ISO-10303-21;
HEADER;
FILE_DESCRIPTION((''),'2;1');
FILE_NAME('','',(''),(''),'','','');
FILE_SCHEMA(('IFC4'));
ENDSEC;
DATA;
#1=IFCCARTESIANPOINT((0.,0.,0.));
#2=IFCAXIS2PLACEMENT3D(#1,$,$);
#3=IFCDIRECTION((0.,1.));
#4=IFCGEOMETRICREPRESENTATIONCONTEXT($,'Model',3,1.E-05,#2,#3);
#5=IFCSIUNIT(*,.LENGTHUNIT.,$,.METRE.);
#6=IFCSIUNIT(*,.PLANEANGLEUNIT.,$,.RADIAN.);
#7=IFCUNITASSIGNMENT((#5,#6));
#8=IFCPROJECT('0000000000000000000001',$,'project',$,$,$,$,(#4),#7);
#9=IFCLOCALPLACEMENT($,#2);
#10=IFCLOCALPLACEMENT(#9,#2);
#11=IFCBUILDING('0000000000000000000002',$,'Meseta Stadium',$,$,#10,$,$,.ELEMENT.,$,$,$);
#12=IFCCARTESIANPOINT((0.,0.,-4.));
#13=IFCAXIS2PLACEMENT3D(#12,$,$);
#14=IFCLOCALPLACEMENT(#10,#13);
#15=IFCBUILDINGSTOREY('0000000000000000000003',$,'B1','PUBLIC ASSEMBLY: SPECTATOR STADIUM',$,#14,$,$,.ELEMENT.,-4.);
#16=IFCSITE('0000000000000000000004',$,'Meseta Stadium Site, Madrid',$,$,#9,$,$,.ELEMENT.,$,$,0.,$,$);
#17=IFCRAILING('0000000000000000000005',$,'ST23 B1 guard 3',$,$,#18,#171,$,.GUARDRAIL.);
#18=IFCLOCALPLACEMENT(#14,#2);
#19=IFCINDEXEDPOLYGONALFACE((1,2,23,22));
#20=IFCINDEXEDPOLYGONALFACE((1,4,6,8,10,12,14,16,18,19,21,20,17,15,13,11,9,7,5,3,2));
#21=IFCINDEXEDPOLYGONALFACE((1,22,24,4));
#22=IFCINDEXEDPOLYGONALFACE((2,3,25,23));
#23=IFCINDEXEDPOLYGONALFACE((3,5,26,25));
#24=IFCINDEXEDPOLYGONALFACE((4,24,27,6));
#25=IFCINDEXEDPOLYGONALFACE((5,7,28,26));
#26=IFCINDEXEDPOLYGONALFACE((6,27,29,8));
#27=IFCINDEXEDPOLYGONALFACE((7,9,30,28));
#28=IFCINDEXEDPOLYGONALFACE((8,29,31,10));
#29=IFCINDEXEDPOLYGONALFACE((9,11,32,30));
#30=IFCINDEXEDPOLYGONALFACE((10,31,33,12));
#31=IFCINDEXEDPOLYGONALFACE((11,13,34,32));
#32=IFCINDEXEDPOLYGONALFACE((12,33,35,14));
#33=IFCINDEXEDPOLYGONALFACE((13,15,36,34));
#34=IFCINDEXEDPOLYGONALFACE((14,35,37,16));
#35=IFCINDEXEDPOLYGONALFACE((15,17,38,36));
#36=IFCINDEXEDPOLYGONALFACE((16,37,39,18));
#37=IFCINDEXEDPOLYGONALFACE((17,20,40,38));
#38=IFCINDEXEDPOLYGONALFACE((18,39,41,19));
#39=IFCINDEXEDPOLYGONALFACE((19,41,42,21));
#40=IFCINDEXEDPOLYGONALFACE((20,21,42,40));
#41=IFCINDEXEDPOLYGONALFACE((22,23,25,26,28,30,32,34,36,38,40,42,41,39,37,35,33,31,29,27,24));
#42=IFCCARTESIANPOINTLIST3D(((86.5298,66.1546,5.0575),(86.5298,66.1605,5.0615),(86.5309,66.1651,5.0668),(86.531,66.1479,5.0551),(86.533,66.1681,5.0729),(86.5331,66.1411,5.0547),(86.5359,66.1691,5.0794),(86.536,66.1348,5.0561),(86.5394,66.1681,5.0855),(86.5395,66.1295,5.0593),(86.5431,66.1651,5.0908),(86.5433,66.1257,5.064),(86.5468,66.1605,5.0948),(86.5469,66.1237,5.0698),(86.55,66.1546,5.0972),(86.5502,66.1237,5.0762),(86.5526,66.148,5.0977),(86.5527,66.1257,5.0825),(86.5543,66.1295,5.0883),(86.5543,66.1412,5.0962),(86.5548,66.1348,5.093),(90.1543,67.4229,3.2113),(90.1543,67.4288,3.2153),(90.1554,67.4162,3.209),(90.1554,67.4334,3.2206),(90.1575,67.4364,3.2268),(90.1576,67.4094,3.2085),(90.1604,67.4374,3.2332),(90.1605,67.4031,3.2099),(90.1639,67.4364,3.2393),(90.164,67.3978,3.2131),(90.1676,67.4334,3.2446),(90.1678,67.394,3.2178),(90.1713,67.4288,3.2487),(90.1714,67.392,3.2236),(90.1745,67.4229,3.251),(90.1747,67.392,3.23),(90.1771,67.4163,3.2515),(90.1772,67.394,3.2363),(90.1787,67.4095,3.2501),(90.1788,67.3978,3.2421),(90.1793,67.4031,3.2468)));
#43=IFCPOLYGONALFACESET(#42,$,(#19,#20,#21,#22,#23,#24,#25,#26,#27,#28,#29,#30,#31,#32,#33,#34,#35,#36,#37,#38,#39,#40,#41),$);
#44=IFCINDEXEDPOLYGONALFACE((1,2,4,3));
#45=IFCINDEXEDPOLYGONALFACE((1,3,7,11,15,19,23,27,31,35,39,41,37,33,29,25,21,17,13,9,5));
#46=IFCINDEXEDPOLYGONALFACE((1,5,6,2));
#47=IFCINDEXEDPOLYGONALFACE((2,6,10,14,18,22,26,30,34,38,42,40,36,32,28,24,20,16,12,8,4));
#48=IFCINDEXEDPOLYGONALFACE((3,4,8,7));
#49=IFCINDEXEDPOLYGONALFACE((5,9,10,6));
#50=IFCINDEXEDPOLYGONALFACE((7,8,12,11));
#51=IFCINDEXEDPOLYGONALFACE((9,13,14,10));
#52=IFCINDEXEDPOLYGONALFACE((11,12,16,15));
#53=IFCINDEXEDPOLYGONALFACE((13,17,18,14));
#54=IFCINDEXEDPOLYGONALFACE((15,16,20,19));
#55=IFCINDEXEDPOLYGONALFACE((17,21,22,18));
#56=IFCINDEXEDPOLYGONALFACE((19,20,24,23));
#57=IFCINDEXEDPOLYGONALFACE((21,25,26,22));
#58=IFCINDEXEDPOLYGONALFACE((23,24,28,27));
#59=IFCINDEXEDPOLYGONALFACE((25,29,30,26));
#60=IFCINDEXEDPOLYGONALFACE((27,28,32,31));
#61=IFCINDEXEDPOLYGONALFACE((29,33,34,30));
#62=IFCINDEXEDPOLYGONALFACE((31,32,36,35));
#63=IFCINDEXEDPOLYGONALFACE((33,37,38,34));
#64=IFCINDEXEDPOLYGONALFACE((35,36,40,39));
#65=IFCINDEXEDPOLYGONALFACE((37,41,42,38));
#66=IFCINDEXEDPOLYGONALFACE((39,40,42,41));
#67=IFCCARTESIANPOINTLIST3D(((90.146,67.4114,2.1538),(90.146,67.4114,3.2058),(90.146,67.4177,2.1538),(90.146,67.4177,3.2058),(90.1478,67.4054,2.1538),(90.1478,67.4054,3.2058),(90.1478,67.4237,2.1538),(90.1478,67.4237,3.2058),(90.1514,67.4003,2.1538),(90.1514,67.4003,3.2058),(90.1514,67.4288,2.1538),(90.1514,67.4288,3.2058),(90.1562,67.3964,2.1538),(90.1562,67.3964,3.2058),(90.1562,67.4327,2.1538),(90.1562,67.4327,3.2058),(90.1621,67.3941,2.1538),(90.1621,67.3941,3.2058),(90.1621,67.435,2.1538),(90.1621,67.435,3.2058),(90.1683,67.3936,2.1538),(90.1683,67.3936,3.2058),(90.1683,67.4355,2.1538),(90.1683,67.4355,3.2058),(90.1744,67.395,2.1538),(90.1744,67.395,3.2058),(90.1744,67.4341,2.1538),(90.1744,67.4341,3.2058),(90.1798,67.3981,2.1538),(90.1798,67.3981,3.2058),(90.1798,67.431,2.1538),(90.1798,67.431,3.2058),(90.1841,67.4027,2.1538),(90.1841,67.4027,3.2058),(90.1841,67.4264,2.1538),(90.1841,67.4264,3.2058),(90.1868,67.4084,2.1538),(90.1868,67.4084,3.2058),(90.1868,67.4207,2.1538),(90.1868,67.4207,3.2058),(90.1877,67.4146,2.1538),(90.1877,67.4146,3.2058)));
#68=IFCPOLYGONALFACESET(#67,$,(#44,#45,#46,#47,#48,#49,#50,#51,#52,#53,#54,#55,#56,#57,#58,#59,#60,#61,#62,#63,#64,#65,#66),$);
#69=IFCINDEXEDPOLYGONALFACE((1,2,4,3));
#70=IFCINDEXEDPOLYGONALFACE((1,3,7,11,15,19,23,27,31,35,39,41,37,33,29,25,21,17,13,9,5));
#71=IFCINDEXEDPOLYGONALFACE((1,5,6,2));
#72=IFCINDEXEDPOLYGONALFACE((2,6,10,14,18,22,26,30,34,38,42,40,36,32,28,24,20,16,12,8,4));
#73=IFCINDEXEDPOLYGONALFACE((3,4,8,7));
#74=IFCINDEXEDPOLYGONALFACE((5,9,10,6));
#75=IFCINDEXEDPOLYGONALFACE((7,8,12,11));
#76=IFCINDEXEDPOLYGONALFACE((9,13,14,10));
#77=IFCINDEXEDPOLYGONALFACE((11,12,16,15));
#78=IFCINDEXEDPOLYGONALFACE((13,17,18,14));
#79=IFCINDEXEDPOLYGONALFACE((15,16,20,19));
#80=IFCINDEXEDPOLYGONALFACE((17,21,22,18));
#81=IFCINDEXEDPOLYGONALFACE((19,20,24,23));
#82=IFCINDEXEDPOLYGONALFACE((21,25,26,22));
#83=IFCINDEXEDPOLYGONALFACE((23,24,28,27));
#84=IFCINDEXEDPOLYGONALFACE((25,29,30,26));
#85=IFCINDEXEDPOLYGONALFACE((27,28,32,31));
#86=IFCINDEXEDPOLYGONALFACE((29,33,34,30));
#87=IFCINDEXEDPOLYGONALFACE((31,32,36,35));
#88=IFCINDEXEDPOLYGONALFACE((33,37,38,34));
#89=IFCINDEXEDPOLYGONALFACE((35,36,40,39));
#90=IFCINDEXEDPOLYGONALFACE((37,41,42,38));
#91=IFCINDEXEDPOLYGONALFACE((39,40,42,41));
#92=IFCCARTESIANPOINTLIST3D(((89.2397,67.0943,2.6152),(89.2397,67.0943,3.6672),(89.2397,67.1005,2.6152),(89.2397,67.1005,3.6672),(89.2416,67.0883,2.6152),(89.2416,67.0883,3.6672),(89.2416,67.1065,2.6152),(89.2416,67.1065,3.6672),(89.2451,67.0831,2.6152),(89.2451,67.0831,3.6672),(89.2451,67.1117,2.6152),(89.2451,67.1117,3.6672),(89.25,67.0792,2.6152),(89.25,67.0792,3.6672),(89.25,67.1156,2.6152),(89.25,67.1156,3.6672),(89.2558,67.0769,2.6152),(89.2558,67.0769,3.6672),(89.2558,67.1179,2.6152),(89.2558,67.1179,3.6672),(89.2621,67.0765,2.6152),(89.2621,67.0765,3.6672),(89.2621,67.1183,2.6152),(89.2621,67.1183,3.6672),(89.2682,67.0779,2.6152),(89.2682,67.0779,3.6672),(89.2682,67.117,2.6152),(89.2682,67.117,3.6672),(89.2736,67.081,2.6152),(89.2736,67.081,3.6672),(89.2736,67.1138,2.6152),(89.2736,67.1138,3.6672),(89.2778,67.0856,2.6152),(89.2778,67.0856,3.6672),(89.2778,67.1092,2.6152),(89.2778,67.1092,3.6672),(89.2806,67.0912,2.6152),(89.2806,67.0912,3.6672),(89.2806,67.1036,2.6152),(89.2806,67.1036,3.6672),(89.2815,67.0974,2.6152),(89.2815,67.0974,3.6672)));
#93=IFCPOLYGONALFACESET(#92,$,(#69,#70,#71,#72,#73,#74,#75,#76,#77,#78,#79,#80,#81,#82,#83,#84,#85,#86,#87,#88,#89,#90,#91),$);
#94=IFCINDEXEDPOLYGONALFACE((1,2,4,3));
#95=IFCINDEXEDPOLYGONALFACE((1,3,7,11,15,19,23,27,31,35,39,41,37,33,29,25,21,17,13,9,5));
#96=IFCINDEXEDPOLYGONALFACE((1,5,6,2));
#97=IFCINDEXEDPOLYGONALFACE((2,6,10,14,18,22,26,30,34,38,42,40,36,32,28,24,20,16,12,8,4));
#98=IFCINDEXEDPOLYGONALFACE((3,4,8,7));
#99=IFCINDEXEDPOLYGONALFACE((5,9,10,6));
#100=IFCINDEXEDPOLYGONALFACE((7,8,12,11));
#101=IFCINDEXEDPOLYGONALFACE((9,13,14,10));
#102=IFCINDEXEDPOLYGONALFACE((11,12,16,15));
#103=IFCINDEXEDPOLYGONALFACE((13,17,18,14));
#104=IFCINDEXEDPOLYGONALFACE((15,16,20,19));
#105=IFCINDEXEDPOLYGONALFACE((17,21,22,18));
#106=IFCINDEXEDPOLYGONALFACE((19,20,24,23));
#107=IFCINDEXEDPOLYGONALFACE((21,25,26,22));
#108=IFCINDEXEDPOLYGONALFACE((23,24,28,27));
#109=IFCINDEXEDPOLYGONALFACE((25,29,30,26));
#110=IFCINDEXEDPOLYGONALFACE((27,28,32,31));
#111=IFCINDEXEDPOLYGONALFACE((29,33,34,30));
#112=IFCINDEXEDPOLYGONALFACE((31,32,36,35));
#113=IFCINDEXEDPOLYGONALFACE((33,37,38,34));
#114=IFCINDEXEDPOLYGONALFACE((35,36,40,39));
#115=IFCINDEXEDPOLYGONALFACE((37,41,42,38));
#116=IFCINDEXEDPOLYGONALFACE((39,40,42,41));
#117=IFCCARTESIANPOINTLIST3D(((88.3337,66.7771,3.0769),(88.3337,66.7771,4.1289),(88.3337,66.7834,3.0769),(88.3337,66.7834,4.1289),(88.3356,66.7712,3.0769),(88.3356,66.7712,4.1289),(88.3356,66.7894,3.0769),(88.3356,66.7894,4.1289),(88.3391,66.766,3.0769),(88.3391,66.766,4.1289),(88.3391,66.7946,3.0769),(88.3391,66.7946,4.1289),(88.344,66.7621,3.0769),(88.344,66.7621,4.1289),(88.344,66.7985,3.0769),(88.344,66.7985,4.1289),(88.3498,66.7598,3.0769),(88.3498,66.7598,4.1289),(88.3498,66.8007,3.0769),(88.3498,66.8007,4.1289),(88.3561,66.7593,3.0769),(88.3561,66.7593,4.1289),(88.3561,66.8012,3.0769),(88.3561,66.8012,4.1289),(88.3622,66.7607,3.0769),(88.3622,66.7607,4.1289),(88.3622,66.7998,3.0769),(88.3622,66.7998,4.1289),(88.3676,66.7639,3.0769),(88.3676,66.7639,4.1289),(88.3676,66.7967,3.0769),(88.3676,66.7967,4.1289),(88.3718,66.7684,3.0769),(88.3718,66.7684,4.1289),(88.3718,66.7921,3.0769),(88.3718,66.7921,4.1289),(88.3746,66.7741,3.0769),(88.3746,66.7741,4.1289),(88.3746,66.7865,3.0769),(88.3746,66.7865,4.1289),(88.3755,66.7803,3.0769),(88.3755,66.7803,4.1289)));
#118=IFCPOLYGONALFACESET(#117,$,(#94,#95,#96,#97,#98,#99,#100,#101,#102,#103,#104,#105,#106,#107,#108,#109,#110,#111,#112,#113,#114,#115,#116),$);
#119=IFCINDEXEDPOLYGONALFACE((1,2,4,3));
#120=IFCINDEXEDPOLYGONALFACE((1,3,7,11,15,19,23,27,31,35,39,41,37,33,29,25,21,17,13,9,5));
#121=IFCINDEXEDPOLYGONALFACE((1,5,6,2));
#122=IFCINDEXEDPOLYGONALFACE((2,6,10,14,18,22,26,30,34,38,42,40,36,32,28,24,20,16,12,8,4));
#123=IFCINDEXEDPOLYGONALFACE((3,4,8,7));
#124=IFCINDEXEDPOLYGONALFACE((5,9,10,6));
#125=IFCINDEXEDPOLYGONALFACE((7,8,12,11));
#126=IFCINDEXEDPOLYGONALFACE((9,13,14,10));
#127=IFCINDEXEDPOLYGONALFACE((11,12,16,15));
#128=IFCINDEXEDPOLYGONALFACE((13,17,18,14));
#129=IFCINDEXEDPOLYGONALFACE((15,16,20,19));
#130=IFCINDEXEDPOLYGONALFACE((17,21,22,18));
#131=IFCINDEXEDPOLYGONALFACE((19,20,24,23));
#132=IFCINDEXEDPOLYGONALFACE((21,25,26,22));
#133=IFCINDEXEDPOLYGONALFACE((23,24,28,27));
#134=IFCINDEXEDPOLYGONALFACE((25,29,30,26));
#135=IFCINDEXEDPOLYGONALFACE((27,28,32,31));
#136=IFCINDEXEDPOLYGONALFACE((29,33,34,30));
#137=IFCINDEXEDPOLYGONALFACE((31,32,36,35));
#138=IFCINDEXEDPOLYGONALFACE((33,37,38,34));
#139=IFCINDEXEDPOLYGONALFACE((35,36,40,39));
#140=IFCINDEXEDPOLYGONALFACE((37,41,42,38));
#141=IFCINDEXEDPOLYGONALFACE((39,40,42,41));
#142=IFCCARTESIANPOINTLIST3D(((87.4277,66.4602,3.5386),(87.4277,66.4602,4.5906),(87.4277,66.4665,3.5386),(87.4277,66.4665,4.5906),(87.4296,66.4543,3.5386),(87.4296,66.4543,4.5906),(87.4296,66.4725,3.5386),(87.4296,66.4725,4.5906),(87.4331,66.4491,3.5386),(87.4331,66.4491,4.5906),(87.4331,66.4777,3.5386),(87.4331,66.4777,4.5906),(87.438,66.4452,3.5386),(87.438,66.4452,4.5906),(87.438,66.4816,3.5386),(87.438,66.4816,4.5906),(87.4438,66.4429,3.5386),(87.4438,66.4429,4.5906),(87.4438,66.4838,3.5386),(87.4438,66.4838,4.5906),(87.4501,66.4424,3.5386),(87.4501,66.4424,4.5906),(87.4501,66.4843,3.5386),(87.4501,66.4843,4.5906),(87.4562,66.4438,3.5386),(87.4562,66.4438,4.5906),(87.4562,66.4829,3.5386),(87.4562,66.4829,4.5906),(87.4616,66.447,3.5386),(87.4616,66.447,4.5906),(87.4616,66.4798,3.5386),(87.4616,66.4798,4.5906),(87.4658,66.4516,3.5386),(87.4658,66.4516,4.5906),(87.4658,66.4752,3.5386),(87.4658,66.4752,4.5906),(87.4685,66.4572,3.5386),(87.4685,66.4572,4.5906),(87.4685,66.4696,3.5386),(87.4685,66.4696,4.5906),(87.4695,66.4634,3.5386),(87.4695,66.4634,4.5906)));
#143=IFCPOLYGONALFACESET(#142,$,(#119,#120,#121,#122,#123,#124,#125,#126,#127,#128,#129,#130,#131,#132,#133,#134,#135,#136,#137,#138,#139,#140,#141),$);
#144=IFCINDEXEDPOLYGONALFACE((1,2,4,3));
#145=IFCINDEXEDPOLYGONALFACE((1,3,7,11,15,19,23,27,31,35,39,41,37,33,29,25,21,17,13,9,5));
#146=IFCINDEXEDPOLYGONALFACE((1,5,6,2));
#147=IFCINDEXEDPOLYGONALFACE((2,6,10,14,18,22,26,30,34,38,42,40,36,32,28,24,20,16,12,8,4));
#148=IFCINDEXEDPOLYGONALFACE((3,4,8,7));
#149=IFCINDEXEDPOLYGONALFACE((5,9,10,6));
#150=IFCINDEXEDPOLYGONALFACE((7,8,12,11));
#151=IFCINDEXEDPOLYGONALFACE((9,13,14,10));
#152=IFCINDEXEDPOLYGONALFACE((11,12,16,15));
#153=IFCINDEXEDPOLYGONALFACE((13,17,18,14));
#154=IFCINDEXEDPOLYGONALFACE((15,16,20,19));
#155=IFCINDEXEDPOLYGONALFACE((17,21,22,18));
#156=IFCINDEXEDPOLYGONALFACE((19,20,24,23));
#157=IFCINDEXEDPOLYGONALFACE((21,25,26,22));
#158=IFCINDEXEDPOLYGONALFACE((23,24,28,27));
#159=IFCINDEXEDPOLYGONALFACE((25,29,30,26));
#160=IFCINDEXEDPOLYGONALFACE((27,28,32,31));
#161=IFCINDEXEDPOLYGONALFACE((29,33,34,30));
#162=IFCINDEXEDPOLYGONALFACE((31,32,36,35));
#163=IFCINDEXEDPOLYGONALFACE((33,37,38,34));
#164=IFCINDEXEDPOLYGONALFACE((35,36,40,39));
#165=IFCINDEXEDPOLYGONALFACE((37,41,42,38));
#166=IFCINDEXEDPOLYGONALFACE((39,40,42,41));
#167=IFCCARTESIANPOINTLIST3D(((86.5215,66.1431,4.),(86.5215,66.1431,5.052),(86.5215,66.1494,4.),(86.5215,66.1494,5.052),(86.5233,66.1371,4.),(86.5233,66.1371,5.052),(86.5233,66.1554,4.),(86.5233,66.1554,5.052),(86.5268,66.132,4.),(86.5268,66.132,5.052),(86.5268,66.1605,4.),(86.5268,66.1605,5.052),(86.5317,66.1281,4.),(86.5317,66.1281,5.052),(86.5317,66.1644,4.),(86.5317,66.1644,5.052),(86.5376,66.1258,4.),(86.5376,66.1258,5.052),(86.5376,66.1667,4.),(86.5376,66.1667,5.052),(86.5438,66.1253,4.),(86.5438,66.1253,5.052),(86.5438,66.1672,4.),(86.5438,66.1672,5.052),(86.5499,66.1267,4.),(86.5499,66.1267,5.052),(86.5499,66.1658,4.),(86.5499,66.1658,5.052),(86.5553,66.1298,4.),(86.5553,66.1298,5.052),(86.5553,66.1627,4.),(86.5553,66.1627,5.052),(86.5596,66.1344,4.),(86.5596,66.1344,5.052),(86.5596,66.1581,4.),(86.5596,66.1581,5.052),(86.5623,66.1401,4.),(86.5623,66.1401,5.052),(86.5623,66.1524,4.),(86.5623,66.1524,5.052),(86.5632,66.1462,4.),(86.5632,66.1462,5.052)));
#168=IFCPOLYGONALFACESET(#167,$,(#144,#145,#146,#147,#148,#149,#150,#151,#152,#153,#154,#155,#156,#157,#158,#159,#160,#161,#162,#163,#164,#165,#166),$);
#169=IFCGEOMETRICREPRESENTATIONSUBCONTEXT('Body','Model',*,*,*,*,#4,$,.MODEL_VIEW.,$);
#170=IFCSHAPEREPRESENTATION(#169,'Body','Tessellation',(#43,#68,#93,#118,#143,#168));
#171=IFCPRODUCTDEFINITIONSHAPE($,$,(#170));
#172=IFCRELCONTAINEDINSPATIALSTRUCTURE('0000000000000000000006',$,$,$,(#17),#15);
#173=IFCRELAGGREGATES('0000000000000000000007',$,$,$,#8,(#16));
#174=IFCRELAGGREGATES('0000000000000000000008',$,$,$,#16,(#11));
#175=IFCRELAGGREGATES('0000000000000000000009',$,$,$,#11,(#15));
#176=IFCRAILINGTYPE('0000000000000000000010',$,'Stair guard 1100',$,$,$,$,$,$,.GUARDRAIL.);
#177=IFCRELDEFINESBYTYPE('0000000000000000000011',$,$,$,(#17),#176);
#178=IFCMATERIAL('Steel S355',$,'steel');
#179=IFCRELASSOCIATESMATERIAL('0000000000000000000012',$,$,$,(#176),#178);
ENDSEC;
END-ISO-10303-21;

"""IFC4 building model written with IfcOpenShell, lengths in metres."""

from ifc_helpers import new_model, si_unit, direction, frame, origin, origin_2d, place, context, subcontext, project, spatial, circle, extrude, material, type_object, element, save


model = new_model("IFC4")

# Units and contexts
model_context = context("Model", 3, precision=1e-05, world=origin(), true_north=direction((0.0, 1.0)))
body_context = subcontext(model_context, "Body", "Model", "MODEL_VIEW")
ifc_project = project(units=[si_unit("LENGTHUNIT", "METRE"), si_unit("PLANEANGLEUNIT", "RADIAN")], contexts=[model_context])

# Site, building, storey
site_placement = place(None, origin())
site = spatial("IfcSite", under=ifc_project, at=site_placement, Name="Meseta Stadium Site, Madrid", CompositionType="ELEMENT", RefElevation=0.0)
building_placement = place(site_placement, origin())
building = spatial("IfcBuilding", under=site, at=building_placement, Name="Meseta Stadium", CompositionType="ELEMENT")
storey_placement = place(building_placement, frame((0.0, 0.0, -4.0)))
storey = spatial("IfcBuildingStorey", under=building, at=storey_placement, Name="B1", Description="PUBLIC ASSEMBLY: SPECTATOR STADIUM", CompositionType="ELEMENT", Elevation=-4.0)

# Railing
ifc_material_1 = material(Name="Steel S355", Category="steel")
railing_type_1 = type_object("IfcRailingType", Name="Stair guard 1100", PredefinedType="GUARDRAIL", material=ifc_material_1)
railing_1_placement = place(storey_placement, frame((90.1667, 67.4146, 2.1538)))
element("IfcRailing", 1, at=railing_1_placement, inside=storey, type_object=railing_type_1, Name="ST23 B1 guard 3", PredefinedType="GUARDRAIL", context=body_context, shape_type="SweptSolid", body=[
    extrude(circle(Radius=0.0239, at=origin_2d()), frame((0.0, 0.0, 1.0762), z_axis=(-0.850672, -0.297672, 0.4333), x_axis=(0.330288, -0.94388, 0.0)), (0.0, 0.0, 1.0), 4.2607),
    extrude(circle(Radius=0.021, at=origin_2d()), origin(), (0.0, 0.0, 1.0), 1.052),
    extrude(circle(Radius=0.021, at=origin_2d()), frame((-0.9062, -0.3171, 0.4614)), (0.0, 0.0, 1.0), 1.052),
    extrude(circle(Radius=0.021, at=origin_2d()), frame((-1.8123, -0.6343, 0.9231)), (0.0, 0.0, 1.0), 1.052),
    extrude(circle(Radius=0.021, at=origin_2d()), frame((-2.7183, -0.9512, 1.3848)), (0.0, 0.0, 1.0), 1.052),
    extrude(circle(Radius=0.021, at=origin_2d()), frame((-3.6245, -1.2683, 1.8462)), (0.0, 0.0, 1.0), 1.052),
])

save(model, "model.ifc")
